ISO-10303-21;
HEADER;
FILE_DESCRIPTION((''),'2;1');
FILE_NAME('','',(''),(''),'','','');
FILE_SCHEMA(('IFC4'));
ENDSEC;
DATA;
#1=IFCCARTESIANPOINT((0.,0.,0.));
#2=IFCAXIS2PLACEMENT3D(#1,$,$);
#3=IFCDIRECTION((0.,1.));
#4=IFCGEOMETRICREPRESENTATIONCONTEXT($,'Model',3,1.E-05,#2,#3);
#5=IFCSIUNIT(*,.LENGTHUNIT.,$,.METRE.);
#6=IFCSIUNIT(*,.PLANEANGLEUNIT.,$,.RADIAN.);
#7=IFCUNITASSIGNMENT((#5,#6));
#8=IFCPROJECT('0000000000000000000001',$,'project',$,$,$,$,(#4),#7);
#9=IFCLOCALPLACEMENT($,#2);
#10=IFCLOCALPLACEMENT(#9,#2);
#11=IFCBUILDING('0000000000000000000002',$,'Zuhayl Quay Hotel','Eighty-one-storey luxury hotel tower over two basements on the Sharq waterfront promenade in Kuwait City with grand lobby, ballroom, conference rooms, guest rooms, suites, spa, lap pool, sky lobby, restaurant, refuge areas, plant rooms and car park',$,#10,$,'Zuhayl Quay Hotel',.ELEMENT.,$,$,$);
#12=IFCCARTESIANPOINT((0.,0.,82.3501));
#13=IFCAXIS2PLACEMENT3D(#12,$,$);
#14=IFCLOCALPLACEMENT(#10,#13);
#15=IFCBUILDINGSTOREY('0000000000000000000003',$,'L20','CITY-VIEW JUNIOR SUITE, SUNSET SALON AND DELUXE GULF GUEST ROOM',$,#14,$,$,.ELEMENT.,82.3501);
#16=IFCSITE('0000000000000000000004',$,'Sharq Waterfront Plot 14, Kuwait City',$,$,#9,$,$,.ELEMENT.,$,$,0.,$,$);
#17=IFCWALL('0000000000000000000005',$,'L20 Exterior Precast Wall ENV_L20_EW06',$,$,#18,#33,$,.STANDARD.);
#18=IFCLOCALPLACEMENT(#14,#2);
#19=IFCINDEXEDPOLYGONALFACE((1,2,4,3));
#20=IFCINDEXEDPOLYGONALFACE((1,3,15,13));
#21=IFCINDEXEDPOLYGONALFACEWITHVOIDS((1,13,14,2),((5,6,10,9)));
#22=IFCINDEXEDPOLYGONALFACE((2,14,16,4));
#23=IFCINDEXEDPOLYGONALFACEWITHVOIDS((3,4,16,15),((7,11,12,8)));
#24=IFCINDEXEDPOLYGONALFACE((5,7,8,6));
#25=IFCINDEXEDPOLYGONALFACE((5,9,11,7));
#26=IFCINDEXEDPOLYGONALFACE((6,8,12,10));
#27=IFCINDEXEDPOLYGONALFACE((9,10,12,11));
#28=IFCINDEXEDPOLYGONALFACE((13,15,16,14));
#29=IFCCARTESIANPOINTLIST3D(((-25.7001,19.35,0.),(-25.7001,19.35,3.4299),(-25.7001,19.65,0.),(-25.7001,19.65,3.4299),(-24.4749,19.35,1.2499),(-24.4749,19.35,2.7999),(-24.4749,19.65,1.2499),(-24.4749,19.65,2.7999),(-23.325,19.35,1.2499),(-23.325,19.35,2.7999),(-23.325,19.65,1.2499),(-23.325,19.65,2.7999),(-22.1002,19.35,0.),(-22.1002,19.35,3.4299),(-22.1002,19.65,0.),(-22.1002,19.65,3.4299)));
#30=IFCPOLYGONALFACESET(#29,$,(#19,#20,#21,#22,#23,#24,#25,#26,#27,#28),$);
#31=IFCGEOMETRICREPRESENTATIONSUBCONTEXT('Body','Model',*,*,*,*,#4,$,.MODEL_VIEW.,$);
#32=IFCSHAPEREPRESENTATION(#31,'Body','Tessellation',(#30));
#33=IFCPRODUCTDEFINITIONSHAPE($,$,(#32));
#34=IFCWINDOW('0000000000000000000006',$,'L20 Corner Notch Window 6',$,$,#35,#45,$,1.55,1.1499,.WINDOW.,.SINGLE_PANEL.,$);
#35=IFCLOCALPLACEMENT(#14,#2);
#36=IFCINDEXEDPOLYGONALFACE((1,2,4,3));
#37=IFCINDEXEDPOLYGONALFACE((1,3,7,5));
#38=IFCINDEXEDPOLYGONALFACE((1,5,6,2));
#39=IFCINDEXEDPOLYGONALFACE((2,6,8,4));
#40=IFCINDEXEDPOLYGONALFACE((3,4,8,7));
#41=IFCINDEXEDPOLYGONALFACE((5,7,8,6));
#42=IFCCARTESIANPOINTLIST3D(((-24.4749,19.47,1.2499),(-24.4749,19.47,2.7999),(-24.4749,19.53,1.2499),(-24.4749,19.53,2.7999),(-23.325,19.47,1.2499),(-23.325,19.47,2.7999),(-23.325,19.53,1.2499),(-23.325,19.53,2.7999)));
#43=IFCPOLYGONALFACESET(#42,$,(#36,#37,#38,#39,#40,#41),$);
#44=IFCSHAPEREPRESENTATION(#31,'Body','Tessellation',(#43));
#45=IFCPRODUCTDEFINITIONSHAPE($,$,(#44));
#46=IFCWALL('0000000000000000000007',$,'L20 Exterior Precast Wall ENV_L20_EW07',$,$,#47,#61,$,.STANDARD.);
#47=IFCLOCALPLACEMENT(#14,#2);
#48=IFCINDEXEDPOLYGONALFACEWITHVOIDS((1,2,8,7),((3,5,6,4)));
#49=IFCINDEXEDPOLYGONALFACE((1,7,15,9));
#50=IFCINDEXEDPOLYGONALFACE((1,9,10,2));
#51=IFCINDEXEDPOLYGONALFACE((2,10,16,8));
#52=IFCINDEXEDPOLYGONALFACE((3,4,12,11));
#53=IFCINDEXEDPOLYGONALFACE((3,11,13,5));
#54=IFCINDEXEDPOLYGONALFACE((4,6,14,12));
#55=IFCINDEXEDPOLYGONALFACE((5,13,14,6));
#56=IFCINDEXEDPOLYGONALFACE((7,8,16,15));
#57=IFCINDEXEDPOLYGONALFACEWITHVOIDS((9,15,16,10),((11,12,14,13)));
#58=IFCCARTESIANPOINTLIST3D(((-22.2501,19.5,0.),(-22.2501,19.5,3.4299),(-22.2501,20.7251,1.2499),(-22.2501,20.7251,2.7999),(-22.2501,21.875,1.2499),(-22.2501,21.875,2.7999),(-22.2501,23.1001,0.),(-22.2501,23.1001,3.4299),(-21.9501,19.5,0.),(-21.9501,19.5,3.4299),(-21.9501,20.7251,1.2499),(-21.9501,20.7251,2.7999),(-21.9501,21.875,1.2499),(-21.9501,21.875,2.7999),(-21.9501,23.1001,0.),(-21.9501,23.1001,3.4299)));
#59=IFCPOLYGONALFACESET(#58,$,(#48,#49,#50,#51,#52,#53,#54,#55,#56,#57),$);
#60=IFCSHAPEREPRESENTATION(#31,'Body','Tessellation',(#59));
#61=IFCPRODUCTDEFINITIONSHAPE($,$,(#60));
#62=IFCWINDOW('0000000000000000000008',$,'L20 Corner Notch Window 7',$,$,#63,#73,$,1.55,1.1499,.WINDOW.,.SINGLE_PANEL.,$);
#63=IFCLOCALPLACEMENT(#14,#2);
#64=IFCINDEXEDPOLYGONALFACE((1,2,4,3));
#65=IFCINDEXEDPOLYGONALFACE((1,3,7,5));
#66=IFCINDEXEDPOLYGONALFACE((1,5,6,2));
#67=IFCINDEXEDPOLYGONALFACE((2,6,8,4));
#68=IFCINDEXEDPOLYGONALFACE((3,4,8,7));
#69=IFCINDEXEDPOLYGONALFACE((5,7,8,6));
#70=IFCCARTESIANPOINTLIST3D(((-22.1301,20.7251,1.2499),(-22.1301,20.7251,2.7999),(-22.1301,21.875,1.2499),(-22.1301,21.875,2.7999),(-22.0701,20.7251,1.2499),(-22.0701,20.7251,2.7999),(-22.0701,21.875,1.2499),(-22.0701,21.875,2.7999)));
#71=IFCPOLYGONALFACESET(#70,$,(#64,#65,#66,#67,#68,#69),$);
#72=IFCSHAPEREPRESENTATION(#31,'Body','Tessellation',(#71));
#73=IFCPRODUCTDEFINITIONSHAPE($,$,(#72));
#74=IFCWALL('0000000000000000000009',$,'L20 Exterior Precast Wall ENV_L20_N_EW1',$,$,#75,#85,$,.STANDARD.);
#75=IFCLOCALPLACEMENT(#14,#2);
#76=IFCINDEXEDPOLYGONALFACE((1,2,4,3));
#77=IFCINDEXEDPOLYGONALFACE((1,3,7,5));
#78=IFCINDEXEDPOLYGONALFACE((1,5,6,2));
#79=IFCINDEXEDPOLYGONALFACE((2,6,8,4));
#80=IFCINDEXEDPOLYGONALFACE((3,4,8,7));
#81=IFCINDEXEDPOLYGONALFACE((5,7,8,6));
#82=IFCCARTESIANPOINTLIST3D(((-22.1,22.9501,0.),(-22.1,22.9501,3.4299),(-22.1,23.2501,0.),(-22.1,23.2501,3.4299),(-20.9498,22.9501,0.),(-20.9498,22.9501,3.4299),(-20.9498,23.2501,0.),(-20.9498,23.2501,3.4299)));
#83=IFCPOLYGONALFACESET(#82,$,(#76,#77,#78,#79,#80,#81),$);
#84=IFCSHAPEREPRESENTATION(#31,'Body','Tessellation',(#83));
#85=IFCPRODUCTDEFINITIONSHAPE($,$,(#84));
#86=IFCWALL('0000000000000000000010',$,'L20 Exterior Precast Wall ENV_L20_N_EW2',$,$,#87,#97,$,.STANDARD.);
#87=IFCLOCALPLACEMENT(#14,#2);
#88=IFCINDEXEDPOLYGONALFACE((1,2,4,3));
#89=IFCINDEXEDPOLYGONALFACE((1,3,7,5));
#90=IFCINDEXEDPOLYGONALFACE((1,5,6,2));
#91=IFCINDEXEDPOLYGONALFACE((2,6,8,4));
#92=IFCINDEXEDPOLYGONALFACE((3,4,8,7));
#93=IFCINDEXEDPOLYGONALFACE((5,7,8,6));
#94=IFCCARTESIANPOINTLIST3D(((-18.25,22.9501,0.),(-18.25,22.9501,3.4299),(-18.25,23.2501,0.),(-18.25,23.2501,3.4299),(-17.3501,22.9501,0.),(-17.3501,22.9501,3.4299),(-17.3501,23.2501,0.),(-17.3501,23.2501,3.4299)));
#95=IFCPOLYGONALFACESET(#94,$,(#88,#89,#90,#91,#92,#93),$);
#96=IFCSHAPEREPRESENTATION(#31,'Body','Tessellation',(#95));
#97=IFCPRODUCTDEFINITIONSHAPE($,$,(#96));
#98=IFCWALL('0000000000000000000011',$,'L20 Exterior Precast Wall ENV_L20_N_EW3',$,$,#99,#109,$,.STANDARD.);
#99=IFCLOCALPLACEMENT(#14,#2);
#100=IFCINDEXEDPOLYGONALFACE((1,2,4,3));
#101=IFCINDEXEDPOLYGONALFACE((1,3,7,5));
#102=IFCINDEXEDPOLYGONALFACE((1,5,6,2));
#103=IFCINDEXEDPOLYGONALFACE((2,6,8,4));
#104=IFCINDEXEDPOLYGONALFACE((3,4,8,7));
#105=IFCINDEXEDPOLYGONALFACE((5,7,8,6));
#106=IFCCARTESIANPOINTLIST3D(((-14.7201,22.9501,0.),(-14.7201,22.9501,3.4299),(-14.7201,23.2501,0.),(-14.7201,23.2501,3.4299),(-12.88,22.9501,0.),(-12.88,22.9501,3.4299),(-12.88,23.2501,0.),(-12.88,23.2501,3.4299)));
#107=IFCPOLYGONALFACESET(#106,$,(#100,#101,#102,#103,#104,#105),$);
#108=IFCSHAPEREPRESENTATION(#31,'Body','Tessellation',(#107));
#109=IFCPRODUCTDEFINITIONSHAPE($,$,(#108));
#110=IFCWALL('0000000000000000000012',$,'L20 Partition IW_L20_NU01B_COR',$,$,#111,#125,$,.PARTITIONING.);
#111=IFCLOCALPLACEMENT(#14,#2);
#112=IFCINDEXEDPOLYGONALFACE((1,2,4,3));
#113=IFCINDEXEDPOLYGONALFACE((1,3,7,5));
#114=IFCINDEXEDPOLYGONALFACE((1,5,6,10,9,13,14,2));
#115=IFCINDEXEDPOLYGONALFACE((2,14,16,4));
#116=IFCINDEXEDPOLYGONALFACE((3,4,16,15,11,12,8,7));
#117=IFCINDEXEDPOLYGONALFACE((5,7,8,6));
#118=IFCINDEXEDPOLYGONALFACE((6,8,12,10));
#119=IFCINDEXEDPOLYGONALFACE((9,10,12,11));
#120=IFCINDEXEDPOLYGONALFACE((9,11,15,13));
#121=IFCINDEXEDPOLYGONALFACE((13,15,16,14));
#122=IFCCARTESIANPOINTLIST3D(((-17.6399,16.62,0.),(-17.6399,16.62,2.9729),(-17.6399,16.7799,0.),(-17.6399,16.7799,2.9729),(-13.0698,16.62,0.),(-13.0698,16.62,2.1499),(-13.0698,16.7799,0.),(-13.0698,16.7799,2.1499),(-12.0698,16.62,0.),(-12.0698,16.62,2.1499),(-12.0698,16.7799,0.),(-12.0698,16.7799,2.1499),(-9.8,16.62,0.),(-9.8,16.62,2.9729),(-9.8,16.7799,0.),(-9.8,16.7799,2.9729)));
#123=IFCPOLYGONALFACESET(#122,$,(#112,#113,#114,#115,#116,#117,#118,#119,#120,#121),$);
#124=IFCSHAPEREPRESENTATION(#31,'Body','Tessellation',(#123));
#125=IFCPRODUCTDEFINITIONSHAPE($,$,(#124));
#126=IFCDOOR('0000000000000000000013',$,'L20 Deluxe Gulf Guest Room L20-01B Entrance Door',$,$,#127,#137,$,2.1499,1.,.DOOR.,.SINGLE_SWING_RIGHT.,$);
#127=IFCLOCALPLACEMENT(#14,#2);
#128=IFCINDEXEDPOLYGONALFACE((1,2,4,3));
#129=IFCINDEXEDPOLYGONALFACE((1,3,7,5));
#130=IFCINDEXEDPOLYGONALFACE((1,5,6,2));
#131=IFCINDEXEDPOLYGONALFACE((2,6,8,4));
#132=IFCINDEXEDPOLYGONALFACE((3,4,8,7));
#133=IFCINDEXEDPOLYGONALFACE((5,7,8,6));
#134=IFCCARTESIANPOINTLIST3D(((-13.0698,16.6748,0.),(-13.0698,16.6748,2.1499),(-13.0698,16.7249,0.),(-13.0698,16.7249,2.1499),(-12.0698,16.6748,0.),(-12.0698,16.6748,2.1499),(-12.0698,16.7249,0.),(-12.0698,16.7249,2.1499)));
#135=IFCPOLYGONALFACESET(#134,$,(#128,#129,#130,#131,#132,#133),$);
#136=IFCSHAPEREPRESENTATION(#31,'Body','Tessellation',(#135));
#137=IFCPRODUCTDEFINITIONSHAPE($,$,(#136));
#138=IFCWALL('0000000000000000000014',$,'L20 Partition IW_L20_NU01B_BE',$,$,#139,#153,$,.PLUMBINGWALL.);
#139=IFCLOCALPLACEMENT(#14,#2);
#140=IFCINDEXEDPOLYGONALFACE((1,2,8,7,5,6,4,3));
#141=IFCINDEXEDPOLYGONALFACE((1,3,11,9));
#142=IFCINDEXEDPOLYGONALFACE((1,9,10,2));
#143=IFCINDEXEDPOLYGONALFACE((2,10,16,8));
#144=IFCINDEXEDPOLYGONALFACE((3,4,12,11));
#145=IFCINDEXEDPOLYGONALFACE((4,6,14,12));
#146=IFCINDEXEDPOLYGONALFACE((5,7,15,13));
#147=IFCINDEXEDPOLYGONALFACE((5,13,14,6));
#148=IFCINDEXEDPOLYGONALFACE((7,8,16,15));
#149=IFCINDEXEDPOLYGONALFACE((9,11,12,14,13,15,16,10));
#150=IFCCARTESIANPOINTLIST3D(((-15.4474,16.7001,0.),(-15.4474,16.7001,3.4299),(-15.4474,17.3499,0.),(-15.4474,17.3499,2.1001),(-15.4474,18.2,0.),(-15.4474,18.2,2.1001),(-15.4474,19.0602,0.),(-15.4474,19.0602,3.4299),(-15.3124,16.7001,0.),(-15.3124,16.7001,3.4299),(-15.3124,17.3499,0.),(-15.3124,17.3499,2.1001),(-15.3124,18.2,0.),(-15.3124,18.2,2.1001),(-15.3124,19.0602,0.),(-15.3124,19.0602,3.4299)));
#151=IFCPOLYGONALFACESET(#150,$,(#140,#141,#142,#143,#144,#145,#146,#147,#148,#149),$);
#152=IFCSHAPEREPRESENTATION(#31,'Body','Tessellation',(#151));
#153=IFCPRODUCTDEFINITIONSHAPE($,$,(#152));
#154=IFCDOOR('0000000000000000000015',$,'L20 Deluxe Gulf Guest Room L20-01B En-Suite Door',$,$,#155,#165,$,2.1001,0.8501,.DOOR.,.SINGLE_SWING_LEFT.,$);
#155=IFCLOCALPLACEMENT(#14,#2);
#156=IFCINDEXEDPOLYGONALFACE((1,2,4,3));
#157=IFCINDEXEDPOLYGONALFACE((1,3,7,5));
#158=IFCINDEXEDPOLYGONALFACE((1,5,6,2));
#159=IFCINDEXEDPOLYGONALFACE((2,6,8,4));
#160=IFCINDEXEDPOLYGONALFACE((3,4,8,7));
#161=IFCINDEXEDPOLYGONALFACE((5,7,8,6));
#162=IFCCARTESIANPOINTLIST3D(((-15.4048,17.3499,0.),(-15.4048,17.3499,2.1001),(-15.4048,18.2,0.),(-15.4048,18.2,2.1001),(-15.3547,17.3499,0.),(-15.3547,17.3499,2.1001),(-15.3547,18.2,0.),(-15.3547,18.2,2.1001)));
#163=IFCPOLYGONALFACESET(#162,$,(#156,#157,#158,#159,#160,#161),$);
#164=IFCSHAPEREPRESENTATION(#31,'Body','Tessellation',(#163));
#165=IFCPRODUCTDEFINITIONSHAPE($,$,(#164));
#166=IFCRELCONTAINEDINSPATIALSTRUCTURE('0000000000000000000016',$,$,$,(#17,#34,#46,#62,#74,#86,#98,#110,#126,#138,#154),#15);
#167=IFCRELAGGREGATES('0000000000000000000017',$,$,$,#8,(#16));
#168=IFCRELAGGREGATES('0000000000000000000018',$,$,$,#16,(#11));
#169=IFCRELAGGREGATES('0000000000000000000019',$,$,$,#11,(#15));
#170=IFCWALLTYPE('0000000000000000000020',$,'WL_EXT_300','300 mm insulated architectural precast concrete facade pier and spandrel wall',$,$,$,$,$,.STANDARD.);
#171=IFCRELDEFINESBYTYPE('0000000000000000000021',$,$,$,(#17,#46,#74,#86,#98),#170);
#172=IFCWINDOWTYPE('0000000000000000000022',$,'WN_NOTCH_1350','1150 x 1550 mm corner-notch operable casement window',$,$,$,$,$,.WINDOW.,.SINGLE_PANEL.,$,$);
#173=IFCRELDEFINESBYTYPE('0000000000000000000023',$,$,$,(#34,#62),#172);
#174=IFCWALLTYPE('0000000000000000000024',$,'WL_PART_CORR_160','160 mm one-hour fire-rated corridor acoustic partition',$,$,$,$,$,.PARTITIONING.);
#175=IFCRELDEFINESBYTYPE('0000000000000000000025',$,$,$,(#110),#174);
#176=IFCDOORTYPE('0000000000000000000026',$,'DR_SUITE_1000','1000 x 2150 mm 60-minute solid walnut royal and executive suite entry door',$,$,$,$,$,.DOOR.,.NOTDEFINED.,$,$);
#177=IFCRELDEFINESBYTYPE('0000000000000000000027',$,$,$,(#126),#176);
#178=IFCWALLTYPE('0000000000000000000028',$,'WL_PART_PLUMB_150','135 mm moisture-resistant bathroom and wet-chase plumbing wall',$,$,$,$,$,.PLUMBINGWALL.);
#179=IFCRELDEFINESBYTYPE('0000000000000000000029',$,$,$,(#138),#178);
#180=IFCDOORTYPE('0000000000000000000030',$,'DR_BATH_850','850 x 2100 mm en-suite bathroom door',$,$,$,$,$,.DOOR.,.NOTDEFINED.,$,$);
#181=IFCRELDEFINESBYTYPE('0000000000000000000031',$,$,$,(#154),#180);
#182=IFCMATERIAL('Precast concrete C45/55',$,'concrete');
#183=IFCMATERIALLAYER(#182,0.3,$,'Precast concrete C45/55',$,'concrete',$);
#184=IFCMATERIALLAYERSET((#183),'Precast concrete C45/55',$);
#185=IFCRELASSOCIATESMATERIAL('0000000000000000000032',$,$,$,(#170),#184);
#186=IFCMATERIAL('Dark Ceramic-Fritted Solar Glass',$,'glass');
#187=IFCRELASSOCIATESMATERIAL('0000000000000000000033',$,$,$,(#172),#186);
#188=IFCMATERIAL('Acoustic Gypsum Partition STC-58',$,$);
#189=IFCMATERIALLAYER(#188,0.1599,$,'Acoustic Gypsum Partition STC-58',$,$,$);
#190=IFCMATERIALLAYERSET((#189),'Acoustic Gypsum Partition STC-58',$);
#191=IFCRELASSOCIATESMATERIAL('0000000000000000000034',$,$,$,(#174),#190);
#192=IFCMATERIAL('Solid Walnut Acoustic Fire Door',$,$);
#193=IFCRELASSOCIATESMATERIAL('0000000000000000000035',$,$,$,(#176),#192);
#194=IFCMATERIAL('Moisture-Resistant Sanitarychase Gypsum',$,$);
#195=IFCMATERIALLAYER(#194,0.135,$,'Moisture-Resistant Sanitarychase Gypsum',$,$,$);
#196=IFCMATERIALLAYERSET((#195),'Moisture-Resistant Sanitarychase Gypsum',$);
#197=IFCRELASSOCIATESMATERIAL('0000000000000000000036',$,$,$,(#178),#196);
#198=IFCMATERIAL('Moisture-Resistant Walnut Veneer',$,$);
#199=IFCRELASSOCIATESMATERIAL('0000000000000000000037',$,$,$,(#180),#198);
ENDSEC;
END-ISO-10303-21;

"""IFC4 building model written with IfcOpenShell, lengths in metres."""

from ifc_helpers import new_model, si_unit, direction, frame, frame_2d, origin, place, context, subcontext, project, spatial, rectangle, extrude, material, layer, layer_set, type_object, element, fill, save


model = new_model("IFC4")

# Units and contexts
model_context = context("Model", 3, precision=1e-05, world=origin(), true_north=direction((0.0, 1.0)))
body_context = subcontext(model_context, "Body", "Model", "MODEL_VIEW")
ifc_project = project(units=[si_unit("LENGTHUNIT", "METRE"), si_unit("PLANEANGLEUNIT", "RADIAN")], contexts=[model_context])

# Site, building, storey
site_placement = place(None, origin())
site = spatial("IfcSite", under=ifc_project, at=site_placement, Name="Sharq Waterfront Plot 14, Kuwait City", CompositionType="ELEMENT", RefElevation=0.0)
building_placement = place(site_placement, origin())
building = spatial("IfcBuilding", under=site, at=building_placement, Name="Zuhayl Quay Hotel", Description="Eighty-one-storey luxury hotel tower over two basements on the Sharq waterfront promenade in Kuwait City with grand lobby, ballroom, conference rooms, guest rooms, suites, spa, lap pool, sky lobby, restaurant, refuge areas, plant rooms and car park", LongName="Zuhayl Quay Hotel", CompositionType="ELEMENT")
storey_placement = place(building_placement, frame((0.0, 0.0, 82.3501)))
storey = spatial("IfcBuildingStorey", under=building, at=storey_placement, Name="L20", Description="CITY-VIEW JUNIOR SUITE, SUNSET SALON AND DELUXE GULF GUEST ROOM", CompositionType="ELEMENT", Elevation=82.3501)

# Shared definitions
ifc_material_1 = material(Name="Dark Ceramic-Fritted Solar Glass", Category="glass")

# Walls, openings, windows
ifc_material_2 = material(Name="Precast concrete C45/55", Category="concrete")
ifc_layer_1 = layer(ifc_material_2, 0.3, Name="Precast concrete C45/55", Category="concrete")
ifc_layer_set_1 = layer_set([ifc_layer_1], Name="Precast concrete C45/55")
wall_type_1 = type_object("IfcWallType", Name="WL_EXT_300", Description="300 mm insulated architectural precast concrete facade pier and spandrel wall", PredefinedType="STANDARD", material=ifc_layer_set_1)
wall_1_placement = place(storey_placement, frame((-25.7, 19.5, 0.0), z_axis=(0.0, 0.0, 1.0), x_axis=(1.0, 0.0, 0.0)))
wall_1 = element("IfcWall", 1, at=wall_1_placement, inside=storey, type_object=wall_type_1, Name="L20 Exterior Precast Wall ENV_L20_EW06", PredefinedType="STANDARD", context=body_context, shape_type="SweptSolid", body=[
    extrude(rectangle(XDim=3.5999, YDim=0.3, at=frame_2d((1.7998, 0.0))), origin(), (0.0, 0.0, 1.0), 3.4299),
])
opening_1_placement = place(wall_1_placement, frame((1.2251, 0.0, 1.25)))
opening_1 = element("IfcOpeningElement", 2, at=opening_1_placement, cuts=wall_1, PredefinedType="OPENING", context=body_context, shape_type="SweptSolid", body=[
    extrude(rectangle(XDim=1.1499, YDim=1.55, at=frame_2d((0.575, 0.7749))), frame((0.0, 0.1599, 0.0), z_axis=(0.0, -1.0, 0.0), x_axis=(1.0, 0.0, 0.0)), (0.0, 0.0, 1.0), 0.3201),
])
window_type = type_object("IfcWindowType", Name="WN_NOTCH_1350", Description="1150 x 1550 mm corner-notch operable casement window", PartitioningType="SINGLE_PANEL", PredefinedType="WINDOW", material=ifc_material_1)
window_1_placement = place(opening_1_placement, origin())
window_1 = element("IfcWindow", 3, at=window_1_placement, inside=storey, type_object=window_type, Name="L20 Corner Notch Window 6", OverallHeight=1.55, OverallWidth=1.1499, PartitioningType="SINGLE_PANEL", PredefinedType="WINDOW", context=body_context, shape_type="SweptSolid", body=[
    extrude(rectangle(XDim=1.1499, YDim=1.55, at=frame_2d((0.575, 0.7749))), frame((0.0, 0.03, 0.0), z_axis=(0.0, -1.0, 0.0), x_axis=(1.0, 0.0, 0.0)), (0.0, 0.0, 1.0), 0.0601),
])
fill(opening_1, window_1)
wall_2_placement = place(storey_placement, frame((-22.1001, 19.5, 0.0), z_axis=(0.0, 0.0, 1.0), x_axis=(0.0, 1.0, 0.0)))
wall_2 = element("IfcWall", 4, at=wall_2_placement, inside=storey, type_object=wall_type_1, Name="L20 Exterior Precast Wall ENV_L20_EW07", PredefinedType="STANDARD", context=body_context, shape_type="SweptSolid", body=[
    extrude(rectangle(XDim=3.6001, YDim=0.3, at=frame_2d((1.8, 0.0))), origin(), (0.0, 0.0, 1.0), 3.4299),
])
opening_2_placement = place(wall_2_placement, frame((1.2251, 0.0, 1.25)))
opening_2 = element("IfcOpeningElement", 5, at=opening_2_placement, cuts=wall_2, PredefinedType="OPENING", context=body_context, shape_type="SweptSolid", body=[
    extrude(rectangle(XDim=1.1499, YDim=1.55, at=frame_2d((0.575, 0.7749))), frame((0.0, 0.1599, 0.0), z_axis=(0.0, -1.0, 0.0), x_axis=(1.0, 0.0, 0.0)), (0.0, 0.0, 1.0), 0.3201),
])
window_2_placement = place(opening_2_placement, origin())
window_2 = element("IfcWindow", 6, at=window_2_placement, inside=storey, type_object=window_type, Name="L20 Corner Notch Window 7", OverallHeight=1.55, OverallWidth=1.1499, PartitioningType="SINGLE_PANEL", PredefinedType="WINDOW", context=body_context, shape_type="SweptSolid", body=[
    extrude(rectangle(XDim=1.1499, YDim=1.55, at=frame_2d((0.575, 0.7749))), frame((0.0, 0.03, 0.0), z_axis=(0.0, -1.0, 0.0), x_axis=(1.0, 0.0, 0.0)), (0.0, 0.0, 1.0), 0.0601),
])
fill(opening_2, window_2)

# Walls
wall_3_placement = place(storey_placement, frame((-22.1001, 23.1001, 0.0), z_axis=(0.0, 0.0, 1.0), x_axis=(1.0, 0.0, 0.0)))
element("IfcWall", 7, at=wall_3_placement, inside=storey, type_object=wall_type_1, Name="L20 Exterior Precast Wall ENV_L20_N_EW1", PredefinedType="STANDARD", context=body_context, shape_type="SweptSolid", body=[
    extrude(rectangle(XDim=1.1501, YDim=0.3, at=frame_2d((0.5752, 0.0))), origin(), (0.0, 0.0, 1.0), 3.4299),
])
wall_4_placement = place(storey_placement, frame((-18.25, 23.1001, 0.0), z_axis=(0.0, 0.0, 1.0), x_axis=(1.0, 0.0, 0.0)))
element("IfcWall", 8, at=wall_4_placement, inside=storey, type_object=wall_type_1, Name="L20 Exterior Precast Wall ENV_L20_N_EW2", PredefinedType="STANDARD", context=body_context, shape_type="SweptSolid", body=[
    extrude(rectangle(XDim=0.8999, YDim=0.3, at=frame_2d((0.45, 0.0))), origin(), (0.0, 0.0, 1.0), 3.4299),
])
wall_5_placement = place(storey_placement, frame((-14.72, 23.1001, 0.0), z_axis=(0.0, 0.0, 1.0), x_axis=(1.0, 0.0, 0.0)))
element("IfcWall", 9, at=wall_5_placement, inside=storey, type_object=wall_type_1, Name="L20 Exterior Precast Wall ENV_L20_N_EW3", PredefinedType="STANDARD", context=body_context, shape_type="SweptSolid", body=[
    extrude(rectangle(XDim=1.8401, YDim=0.3, at=frame_2d((0.9199, 0.0))), origin(), (0.0, 0.0, 1.0), 3.4299),
])

# Walls, openings, doors
ifc_material_3 = material(Name="Acoustic Gypsum Partition STC-58")
ifc_layer_2 = layer(ifc_material_3, 0.1599, Name="Acoustic Gypsum Partition STC-58")
ifc_layer_set_2 = layer_set([ifc_layer_2], Name="Acoustic Gypsum Partition STC-58")
wall_type_2 = type_object("IfcWallType", Name="WL_PART_CORR_160", Description="160 mm one-hour fire-rated corridor acoustic partition", PredefinedType="PARTITIONING", material=ifc_layer_set_2)
wall_6_placement = place(storey_placement, frame((-17.6399, 16.7, 0.0), z_axis=(0.0, 0.0, 1.0), x_axis=(1.0, 0.0, 0.0)))
wall_6 = element("IfcWall", 10, at=wall_6_placement, inside=storey, type_object=wall_type_2, Name="L20 Partition IW_L20_NU01B_COR", PredefinedType="PARTITIONING", context=body_context, shape_type="SweptSolid", body=[
    extrude(rectangle(XDim=7.8398, YDim=0.1599, at=frame_2d((3.9199, 0.0))), origin(), (0.0, 0.0, 1.0), 2.9729),
])
opening_3_placement = place(wall_6_placement, frame((4.5701, 0.0, 0.0)))
opening_3 = element("IfcOpeningElement", 11, at=opening_3_placement, cuts=wall_6, PredefinedType="OPENING", context=body_context, shape_type="SweptSolid", body=[
    extrude(rectangle(XDim=1.0, YDim=2.1499, at=frame_2d((0.5, 1.075))), frame((0.0, 0.0898, 0.0), z_axis=(0.0, -1.0, 0.0), x_axis=(1.0, 0.0, 0.0)), (0.0, 0.0, 1.0), 0.1799),
])
ifc_material_4 = material(Name="Solid Walnut Acoustic Fire Door")
door_type_1 = type_object("IfcDoorType", Name="DR_SUITE_1000", Description="1000 x 2150 mm 60-minute solid walnut royal and executive suite entry door", OperationType="NOTDEFINED", PredefinedType="DOOR", material=ifc_material_4)
door_1_placement = place(opening_3_placement, origin())
door_1 = element("IfcDoor", 12, at=door_1_placement, inside=storey, type_object=door_type_1, Name="L20 Deluxe Gulf Guest Room L20-01B Entrance Door", OperationType="SINGLE_SWING_RIGHT", OverallHeight=2.1499, OverallWidth=1.0, PredefinedType="DOOR", context=body_context, shape_type="SweptSolid", body=[
    extrude(rectangle(XDim=1.0, YDim=2.1499, at=frame_2d((0.5, 1.075))), frame((0.0, 0.0249, 0.0), z_axis=(0.0, -1.0, 0.0), x_axis=(1.0, 0.0, 0.0)), (0.0, 0.0, 1.0), 0.05),
])
fill(opening_3, door_1)
ifc_material_5 = material(Name="Moisture-Resistant Sanitarychase Gypsum")
ifc_layer_3 = layer(ifc_material_5, 0.135, Name="Moisture-Resistant Sanitarychase Gypsum")
ifc_layer_set_3 = layer_set([ifc_layer_3], Name="Moisture-Resistant Sanitarychase Gypsum")
wall_type_3 = type_object("IfcWallType", Name="WL_PART_PLUMB_150", Description="135 mm moisture-resistant bathroom and wet-chase plumbing wall", PredefinedType="PLUMBINGWALL", material=ifc_layer_set_3)
wall_7_placement = place(storey_placement, frame((-15.3799, 16.7, 0.0), z_axis=(0.0, 0.0, 1.0), x_axis=(0.0, 1.0, 0.0)))
wall_7 = element("IfcWall", 13, at=wall_7_placement, inside=storey, type_object=wall_type_3, Name="L20 Partition IW_L20_NU01B_BE", PredefinedType="PLUMBINGWALL", context=body_context, shape_type="SweptSolid", body=[
    extrude(rectangle(XDim=2.3601, YDim=0.135, at=frame_2d((1.1802, 0.0))), origin(), (0.0, 0.0, 1.0), 3.4299),
])
opening_4_placement = place(wall_7_placement, frame((0.6499, 0.0, 0.0)))
opening_4 = element("IfcOpeningElement", 14, at=opening_4_placement, cuts=wall_7, PredefinedType="OPENING", context=body_context, shape_type="SweptSolid", body=[
    extrude(rectangle(XDim=0.8501, YDim=2.1001, at=frame_2d((0.425, 1.05))), frame((0.0, 0.0774, 0.0), z_axis=(0.0, -1.0, 0.0), x_axis=(1.0, 0.0, 0.0)), (0.0, 0.0, 1.0), 0.155),
])
ifc_material_6 = material(Name="Moisture-Resistant Walnut Veneer")
door_type_2 = type_object("IfcDoorType", Name="DR_BATH_850", Description="850 x 2100 mm en-suite bathroom door", OperationType="NOTDEFINED", PredefinedType="DOOR", material=ifc_material_6)
door_2_placement = place(opening_4_placement, origin())
door_2 = element("IfcDoor", 15, at=door_2_placement, inside=storey, type_object=door_type_2, Name="L20 Deluxe Gulf Guest Room L20-01B En-Suite Door", OperationType="SINGLE_SWING_LEFT", OverallHeight=2.1001, OverallWidth=0.8501, PredefinedType="DOOR", context=body_context, shape_type="SweptSolid", body=[
    extrude(rectangle(XDim=0.8501, YDim=2.1001, at=frame_2d((0.425, 1.05))), frame((0.0, 0.0249, 0.0), z_axis=(0.0, -1.0, 0.0), x_axis=(1.0, 0.0, 0.0)), (0.0, 0.0, 1.0), 0.05),
])
fill(opening_4, door_2)

save(model, "model.ifc")
